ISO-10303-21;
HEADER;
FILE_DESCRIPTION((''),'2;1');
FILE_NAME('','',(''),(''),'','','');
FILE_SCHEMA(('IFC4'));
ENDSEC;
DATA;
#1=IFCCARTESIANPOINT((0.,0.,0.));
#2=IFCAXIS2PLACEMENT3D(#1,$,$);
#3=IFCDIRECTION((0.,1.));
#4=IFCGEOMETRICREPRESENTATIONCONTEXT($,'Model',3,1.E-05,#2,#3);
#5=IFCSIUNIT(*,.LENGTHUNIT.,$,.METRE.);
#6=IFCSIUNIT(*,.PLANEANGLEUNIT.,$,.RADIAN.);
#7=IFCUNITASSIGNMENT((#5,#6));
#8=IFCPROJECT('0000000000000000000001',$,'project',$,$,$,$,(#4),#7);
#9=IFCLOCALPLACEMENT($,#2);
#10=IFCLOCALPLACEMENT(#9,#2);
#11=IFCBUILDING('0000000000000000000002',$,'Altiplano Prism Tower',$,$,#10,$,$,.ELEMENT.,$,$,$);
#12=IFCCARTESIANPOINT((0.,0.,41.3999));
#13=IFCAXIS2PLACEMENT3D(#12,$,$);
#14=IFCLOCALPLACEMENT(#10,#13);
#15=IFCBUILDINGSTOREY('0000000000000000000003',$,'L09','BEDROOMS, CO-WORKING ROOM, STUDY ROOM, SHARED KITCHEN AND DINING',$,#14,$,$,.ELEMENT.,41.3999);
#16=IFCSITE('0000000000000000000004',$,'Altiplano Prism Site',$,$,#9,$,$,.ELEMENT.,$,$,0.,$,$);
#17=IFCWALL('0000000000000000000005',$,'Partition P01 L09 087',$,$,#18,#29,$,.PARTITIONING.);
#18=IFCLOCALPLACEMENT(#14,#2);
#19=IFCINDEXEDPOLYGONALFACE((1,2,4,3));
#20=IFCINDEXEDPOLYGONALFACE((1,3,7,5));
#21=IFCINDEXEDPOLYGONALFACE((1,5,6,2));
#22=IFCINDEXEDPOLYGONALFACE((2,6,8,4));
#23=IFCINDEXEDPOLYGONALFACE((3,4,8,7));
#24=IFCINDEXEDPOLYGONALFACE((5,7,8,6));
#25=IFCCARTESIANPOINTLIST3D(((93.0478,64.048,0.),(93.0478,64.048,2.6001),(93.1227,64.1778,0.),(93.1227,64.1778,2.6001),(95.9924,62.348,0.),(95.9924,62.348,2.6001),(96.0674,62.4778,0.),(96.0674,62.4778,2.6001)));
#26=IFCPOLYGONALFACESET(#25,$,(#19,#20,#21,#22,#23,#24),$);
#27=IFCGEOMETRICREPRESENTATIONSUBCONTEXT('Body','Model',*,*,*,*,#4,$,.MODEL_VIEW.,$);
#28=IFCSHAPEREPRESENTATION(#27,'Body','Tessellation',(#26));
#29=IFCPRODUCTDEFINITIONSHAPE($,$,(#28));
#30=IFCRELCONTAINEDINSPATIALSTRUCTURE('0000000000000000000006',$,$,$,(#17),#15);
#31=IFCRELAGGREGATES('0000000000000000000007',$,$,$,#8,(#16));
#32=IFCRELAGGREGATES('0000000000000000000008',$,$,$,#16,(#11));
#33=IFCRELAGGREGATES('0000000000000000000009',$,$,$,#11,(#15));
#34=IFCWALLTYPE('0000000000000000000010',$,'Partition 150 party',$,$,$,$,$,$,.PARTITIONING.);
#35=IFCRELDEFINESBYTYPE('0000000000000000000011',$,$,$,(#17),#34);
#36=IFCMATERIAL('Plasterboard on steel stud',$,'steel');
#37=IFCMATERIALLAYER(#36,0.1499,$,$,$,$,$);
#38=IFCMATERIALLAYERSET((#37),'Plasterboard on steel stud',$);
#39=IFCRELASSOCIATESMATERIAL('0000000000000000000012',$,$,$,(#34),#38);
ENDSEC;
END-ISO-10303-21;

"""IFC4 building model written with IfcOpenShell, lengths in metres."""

from ifc_helpers import new_model, si_unit, direction, frame, frame_2d, origin, place, context, subcontext, project, spatial, rectangle, extrude, material, layer, layer_set, type_object, element, save


model = new_model("IFC4")

# Units and contexts
model_context = context("Model", 3, precision=1e-05, world=origin(), true_north=direction((0.0, 1.0)))
body_context = subcontext(model_context, "Body", "Model", "MODEL_VIEW")
ifc_project = project(units=[si_unit("LENGTHUNIT", "METRE"), si_unit("PLANEANGLEUNIT", "RADIAN")], contexts=[model_context])

# Site, building, storey
site_placement = place(None, origin())
site = spatial("IfcSite", under=ifc_project, at=site_placement, Name="Altiplano Prism Site", CompositionType="ELEMENT", RefElevation=0.0)
building_placement = place(site_placement, origin())
building = spatial("IfcBuilding", under=site, at=building_placement, Name="Altiplano Prism Tower", CompositionType="ELEMENT")
storey_placement = place(building_placement, frame((0.0, 0.0, 41.3999)))
storey = spatial("IfcBuildingStorey", under=building, at=storey_placement, Name="L09", Description="BEDROOMS, CO-WORKING ROOM, STUDY ROOM, SHARED KITCHEN AND DINING", CompositionType="ELEMENT", Elevation=41.3999)

# Shared definitions
ifc_material_1 = material(Name="Plasterboard on steel stud", Category="steel")

# Wall
ifc_layer_1 = layer(ifc_material_1, 0.1499)
ifc_layer_set_1 = layer_set([ifc_layer_1], Name="Plasterboard on steel stud")
wall_type_1 = type_object("IfcWallType", Name="Partition 150 party", PredefinedType="PARTITIONING", material=ifc_layer_set_1)
wall_1_placement = place(storey_placement, frame((96.03, 62.4128, 0.0), z_axis=(0.0, 0.0, 1.0), x_axis=(-0.866039, 0.499977, 0.0)))
element("IfcWall", 1, at=wall_1_placement, inside=storey, type_object=wall_type_1, Name="Partition P01 L09 087", PredefinedType="PARTITIONING", context=body_context, shape_type="SweptSolid", body=[
    extrude(rectangle(XDim=3.4001, YDim=0.1499, at=frame_2d((1.7002, 0.0))), origin(), (0.0, 0.0, 1.0), 2.6001),
])

save(model, "model.ifc")
